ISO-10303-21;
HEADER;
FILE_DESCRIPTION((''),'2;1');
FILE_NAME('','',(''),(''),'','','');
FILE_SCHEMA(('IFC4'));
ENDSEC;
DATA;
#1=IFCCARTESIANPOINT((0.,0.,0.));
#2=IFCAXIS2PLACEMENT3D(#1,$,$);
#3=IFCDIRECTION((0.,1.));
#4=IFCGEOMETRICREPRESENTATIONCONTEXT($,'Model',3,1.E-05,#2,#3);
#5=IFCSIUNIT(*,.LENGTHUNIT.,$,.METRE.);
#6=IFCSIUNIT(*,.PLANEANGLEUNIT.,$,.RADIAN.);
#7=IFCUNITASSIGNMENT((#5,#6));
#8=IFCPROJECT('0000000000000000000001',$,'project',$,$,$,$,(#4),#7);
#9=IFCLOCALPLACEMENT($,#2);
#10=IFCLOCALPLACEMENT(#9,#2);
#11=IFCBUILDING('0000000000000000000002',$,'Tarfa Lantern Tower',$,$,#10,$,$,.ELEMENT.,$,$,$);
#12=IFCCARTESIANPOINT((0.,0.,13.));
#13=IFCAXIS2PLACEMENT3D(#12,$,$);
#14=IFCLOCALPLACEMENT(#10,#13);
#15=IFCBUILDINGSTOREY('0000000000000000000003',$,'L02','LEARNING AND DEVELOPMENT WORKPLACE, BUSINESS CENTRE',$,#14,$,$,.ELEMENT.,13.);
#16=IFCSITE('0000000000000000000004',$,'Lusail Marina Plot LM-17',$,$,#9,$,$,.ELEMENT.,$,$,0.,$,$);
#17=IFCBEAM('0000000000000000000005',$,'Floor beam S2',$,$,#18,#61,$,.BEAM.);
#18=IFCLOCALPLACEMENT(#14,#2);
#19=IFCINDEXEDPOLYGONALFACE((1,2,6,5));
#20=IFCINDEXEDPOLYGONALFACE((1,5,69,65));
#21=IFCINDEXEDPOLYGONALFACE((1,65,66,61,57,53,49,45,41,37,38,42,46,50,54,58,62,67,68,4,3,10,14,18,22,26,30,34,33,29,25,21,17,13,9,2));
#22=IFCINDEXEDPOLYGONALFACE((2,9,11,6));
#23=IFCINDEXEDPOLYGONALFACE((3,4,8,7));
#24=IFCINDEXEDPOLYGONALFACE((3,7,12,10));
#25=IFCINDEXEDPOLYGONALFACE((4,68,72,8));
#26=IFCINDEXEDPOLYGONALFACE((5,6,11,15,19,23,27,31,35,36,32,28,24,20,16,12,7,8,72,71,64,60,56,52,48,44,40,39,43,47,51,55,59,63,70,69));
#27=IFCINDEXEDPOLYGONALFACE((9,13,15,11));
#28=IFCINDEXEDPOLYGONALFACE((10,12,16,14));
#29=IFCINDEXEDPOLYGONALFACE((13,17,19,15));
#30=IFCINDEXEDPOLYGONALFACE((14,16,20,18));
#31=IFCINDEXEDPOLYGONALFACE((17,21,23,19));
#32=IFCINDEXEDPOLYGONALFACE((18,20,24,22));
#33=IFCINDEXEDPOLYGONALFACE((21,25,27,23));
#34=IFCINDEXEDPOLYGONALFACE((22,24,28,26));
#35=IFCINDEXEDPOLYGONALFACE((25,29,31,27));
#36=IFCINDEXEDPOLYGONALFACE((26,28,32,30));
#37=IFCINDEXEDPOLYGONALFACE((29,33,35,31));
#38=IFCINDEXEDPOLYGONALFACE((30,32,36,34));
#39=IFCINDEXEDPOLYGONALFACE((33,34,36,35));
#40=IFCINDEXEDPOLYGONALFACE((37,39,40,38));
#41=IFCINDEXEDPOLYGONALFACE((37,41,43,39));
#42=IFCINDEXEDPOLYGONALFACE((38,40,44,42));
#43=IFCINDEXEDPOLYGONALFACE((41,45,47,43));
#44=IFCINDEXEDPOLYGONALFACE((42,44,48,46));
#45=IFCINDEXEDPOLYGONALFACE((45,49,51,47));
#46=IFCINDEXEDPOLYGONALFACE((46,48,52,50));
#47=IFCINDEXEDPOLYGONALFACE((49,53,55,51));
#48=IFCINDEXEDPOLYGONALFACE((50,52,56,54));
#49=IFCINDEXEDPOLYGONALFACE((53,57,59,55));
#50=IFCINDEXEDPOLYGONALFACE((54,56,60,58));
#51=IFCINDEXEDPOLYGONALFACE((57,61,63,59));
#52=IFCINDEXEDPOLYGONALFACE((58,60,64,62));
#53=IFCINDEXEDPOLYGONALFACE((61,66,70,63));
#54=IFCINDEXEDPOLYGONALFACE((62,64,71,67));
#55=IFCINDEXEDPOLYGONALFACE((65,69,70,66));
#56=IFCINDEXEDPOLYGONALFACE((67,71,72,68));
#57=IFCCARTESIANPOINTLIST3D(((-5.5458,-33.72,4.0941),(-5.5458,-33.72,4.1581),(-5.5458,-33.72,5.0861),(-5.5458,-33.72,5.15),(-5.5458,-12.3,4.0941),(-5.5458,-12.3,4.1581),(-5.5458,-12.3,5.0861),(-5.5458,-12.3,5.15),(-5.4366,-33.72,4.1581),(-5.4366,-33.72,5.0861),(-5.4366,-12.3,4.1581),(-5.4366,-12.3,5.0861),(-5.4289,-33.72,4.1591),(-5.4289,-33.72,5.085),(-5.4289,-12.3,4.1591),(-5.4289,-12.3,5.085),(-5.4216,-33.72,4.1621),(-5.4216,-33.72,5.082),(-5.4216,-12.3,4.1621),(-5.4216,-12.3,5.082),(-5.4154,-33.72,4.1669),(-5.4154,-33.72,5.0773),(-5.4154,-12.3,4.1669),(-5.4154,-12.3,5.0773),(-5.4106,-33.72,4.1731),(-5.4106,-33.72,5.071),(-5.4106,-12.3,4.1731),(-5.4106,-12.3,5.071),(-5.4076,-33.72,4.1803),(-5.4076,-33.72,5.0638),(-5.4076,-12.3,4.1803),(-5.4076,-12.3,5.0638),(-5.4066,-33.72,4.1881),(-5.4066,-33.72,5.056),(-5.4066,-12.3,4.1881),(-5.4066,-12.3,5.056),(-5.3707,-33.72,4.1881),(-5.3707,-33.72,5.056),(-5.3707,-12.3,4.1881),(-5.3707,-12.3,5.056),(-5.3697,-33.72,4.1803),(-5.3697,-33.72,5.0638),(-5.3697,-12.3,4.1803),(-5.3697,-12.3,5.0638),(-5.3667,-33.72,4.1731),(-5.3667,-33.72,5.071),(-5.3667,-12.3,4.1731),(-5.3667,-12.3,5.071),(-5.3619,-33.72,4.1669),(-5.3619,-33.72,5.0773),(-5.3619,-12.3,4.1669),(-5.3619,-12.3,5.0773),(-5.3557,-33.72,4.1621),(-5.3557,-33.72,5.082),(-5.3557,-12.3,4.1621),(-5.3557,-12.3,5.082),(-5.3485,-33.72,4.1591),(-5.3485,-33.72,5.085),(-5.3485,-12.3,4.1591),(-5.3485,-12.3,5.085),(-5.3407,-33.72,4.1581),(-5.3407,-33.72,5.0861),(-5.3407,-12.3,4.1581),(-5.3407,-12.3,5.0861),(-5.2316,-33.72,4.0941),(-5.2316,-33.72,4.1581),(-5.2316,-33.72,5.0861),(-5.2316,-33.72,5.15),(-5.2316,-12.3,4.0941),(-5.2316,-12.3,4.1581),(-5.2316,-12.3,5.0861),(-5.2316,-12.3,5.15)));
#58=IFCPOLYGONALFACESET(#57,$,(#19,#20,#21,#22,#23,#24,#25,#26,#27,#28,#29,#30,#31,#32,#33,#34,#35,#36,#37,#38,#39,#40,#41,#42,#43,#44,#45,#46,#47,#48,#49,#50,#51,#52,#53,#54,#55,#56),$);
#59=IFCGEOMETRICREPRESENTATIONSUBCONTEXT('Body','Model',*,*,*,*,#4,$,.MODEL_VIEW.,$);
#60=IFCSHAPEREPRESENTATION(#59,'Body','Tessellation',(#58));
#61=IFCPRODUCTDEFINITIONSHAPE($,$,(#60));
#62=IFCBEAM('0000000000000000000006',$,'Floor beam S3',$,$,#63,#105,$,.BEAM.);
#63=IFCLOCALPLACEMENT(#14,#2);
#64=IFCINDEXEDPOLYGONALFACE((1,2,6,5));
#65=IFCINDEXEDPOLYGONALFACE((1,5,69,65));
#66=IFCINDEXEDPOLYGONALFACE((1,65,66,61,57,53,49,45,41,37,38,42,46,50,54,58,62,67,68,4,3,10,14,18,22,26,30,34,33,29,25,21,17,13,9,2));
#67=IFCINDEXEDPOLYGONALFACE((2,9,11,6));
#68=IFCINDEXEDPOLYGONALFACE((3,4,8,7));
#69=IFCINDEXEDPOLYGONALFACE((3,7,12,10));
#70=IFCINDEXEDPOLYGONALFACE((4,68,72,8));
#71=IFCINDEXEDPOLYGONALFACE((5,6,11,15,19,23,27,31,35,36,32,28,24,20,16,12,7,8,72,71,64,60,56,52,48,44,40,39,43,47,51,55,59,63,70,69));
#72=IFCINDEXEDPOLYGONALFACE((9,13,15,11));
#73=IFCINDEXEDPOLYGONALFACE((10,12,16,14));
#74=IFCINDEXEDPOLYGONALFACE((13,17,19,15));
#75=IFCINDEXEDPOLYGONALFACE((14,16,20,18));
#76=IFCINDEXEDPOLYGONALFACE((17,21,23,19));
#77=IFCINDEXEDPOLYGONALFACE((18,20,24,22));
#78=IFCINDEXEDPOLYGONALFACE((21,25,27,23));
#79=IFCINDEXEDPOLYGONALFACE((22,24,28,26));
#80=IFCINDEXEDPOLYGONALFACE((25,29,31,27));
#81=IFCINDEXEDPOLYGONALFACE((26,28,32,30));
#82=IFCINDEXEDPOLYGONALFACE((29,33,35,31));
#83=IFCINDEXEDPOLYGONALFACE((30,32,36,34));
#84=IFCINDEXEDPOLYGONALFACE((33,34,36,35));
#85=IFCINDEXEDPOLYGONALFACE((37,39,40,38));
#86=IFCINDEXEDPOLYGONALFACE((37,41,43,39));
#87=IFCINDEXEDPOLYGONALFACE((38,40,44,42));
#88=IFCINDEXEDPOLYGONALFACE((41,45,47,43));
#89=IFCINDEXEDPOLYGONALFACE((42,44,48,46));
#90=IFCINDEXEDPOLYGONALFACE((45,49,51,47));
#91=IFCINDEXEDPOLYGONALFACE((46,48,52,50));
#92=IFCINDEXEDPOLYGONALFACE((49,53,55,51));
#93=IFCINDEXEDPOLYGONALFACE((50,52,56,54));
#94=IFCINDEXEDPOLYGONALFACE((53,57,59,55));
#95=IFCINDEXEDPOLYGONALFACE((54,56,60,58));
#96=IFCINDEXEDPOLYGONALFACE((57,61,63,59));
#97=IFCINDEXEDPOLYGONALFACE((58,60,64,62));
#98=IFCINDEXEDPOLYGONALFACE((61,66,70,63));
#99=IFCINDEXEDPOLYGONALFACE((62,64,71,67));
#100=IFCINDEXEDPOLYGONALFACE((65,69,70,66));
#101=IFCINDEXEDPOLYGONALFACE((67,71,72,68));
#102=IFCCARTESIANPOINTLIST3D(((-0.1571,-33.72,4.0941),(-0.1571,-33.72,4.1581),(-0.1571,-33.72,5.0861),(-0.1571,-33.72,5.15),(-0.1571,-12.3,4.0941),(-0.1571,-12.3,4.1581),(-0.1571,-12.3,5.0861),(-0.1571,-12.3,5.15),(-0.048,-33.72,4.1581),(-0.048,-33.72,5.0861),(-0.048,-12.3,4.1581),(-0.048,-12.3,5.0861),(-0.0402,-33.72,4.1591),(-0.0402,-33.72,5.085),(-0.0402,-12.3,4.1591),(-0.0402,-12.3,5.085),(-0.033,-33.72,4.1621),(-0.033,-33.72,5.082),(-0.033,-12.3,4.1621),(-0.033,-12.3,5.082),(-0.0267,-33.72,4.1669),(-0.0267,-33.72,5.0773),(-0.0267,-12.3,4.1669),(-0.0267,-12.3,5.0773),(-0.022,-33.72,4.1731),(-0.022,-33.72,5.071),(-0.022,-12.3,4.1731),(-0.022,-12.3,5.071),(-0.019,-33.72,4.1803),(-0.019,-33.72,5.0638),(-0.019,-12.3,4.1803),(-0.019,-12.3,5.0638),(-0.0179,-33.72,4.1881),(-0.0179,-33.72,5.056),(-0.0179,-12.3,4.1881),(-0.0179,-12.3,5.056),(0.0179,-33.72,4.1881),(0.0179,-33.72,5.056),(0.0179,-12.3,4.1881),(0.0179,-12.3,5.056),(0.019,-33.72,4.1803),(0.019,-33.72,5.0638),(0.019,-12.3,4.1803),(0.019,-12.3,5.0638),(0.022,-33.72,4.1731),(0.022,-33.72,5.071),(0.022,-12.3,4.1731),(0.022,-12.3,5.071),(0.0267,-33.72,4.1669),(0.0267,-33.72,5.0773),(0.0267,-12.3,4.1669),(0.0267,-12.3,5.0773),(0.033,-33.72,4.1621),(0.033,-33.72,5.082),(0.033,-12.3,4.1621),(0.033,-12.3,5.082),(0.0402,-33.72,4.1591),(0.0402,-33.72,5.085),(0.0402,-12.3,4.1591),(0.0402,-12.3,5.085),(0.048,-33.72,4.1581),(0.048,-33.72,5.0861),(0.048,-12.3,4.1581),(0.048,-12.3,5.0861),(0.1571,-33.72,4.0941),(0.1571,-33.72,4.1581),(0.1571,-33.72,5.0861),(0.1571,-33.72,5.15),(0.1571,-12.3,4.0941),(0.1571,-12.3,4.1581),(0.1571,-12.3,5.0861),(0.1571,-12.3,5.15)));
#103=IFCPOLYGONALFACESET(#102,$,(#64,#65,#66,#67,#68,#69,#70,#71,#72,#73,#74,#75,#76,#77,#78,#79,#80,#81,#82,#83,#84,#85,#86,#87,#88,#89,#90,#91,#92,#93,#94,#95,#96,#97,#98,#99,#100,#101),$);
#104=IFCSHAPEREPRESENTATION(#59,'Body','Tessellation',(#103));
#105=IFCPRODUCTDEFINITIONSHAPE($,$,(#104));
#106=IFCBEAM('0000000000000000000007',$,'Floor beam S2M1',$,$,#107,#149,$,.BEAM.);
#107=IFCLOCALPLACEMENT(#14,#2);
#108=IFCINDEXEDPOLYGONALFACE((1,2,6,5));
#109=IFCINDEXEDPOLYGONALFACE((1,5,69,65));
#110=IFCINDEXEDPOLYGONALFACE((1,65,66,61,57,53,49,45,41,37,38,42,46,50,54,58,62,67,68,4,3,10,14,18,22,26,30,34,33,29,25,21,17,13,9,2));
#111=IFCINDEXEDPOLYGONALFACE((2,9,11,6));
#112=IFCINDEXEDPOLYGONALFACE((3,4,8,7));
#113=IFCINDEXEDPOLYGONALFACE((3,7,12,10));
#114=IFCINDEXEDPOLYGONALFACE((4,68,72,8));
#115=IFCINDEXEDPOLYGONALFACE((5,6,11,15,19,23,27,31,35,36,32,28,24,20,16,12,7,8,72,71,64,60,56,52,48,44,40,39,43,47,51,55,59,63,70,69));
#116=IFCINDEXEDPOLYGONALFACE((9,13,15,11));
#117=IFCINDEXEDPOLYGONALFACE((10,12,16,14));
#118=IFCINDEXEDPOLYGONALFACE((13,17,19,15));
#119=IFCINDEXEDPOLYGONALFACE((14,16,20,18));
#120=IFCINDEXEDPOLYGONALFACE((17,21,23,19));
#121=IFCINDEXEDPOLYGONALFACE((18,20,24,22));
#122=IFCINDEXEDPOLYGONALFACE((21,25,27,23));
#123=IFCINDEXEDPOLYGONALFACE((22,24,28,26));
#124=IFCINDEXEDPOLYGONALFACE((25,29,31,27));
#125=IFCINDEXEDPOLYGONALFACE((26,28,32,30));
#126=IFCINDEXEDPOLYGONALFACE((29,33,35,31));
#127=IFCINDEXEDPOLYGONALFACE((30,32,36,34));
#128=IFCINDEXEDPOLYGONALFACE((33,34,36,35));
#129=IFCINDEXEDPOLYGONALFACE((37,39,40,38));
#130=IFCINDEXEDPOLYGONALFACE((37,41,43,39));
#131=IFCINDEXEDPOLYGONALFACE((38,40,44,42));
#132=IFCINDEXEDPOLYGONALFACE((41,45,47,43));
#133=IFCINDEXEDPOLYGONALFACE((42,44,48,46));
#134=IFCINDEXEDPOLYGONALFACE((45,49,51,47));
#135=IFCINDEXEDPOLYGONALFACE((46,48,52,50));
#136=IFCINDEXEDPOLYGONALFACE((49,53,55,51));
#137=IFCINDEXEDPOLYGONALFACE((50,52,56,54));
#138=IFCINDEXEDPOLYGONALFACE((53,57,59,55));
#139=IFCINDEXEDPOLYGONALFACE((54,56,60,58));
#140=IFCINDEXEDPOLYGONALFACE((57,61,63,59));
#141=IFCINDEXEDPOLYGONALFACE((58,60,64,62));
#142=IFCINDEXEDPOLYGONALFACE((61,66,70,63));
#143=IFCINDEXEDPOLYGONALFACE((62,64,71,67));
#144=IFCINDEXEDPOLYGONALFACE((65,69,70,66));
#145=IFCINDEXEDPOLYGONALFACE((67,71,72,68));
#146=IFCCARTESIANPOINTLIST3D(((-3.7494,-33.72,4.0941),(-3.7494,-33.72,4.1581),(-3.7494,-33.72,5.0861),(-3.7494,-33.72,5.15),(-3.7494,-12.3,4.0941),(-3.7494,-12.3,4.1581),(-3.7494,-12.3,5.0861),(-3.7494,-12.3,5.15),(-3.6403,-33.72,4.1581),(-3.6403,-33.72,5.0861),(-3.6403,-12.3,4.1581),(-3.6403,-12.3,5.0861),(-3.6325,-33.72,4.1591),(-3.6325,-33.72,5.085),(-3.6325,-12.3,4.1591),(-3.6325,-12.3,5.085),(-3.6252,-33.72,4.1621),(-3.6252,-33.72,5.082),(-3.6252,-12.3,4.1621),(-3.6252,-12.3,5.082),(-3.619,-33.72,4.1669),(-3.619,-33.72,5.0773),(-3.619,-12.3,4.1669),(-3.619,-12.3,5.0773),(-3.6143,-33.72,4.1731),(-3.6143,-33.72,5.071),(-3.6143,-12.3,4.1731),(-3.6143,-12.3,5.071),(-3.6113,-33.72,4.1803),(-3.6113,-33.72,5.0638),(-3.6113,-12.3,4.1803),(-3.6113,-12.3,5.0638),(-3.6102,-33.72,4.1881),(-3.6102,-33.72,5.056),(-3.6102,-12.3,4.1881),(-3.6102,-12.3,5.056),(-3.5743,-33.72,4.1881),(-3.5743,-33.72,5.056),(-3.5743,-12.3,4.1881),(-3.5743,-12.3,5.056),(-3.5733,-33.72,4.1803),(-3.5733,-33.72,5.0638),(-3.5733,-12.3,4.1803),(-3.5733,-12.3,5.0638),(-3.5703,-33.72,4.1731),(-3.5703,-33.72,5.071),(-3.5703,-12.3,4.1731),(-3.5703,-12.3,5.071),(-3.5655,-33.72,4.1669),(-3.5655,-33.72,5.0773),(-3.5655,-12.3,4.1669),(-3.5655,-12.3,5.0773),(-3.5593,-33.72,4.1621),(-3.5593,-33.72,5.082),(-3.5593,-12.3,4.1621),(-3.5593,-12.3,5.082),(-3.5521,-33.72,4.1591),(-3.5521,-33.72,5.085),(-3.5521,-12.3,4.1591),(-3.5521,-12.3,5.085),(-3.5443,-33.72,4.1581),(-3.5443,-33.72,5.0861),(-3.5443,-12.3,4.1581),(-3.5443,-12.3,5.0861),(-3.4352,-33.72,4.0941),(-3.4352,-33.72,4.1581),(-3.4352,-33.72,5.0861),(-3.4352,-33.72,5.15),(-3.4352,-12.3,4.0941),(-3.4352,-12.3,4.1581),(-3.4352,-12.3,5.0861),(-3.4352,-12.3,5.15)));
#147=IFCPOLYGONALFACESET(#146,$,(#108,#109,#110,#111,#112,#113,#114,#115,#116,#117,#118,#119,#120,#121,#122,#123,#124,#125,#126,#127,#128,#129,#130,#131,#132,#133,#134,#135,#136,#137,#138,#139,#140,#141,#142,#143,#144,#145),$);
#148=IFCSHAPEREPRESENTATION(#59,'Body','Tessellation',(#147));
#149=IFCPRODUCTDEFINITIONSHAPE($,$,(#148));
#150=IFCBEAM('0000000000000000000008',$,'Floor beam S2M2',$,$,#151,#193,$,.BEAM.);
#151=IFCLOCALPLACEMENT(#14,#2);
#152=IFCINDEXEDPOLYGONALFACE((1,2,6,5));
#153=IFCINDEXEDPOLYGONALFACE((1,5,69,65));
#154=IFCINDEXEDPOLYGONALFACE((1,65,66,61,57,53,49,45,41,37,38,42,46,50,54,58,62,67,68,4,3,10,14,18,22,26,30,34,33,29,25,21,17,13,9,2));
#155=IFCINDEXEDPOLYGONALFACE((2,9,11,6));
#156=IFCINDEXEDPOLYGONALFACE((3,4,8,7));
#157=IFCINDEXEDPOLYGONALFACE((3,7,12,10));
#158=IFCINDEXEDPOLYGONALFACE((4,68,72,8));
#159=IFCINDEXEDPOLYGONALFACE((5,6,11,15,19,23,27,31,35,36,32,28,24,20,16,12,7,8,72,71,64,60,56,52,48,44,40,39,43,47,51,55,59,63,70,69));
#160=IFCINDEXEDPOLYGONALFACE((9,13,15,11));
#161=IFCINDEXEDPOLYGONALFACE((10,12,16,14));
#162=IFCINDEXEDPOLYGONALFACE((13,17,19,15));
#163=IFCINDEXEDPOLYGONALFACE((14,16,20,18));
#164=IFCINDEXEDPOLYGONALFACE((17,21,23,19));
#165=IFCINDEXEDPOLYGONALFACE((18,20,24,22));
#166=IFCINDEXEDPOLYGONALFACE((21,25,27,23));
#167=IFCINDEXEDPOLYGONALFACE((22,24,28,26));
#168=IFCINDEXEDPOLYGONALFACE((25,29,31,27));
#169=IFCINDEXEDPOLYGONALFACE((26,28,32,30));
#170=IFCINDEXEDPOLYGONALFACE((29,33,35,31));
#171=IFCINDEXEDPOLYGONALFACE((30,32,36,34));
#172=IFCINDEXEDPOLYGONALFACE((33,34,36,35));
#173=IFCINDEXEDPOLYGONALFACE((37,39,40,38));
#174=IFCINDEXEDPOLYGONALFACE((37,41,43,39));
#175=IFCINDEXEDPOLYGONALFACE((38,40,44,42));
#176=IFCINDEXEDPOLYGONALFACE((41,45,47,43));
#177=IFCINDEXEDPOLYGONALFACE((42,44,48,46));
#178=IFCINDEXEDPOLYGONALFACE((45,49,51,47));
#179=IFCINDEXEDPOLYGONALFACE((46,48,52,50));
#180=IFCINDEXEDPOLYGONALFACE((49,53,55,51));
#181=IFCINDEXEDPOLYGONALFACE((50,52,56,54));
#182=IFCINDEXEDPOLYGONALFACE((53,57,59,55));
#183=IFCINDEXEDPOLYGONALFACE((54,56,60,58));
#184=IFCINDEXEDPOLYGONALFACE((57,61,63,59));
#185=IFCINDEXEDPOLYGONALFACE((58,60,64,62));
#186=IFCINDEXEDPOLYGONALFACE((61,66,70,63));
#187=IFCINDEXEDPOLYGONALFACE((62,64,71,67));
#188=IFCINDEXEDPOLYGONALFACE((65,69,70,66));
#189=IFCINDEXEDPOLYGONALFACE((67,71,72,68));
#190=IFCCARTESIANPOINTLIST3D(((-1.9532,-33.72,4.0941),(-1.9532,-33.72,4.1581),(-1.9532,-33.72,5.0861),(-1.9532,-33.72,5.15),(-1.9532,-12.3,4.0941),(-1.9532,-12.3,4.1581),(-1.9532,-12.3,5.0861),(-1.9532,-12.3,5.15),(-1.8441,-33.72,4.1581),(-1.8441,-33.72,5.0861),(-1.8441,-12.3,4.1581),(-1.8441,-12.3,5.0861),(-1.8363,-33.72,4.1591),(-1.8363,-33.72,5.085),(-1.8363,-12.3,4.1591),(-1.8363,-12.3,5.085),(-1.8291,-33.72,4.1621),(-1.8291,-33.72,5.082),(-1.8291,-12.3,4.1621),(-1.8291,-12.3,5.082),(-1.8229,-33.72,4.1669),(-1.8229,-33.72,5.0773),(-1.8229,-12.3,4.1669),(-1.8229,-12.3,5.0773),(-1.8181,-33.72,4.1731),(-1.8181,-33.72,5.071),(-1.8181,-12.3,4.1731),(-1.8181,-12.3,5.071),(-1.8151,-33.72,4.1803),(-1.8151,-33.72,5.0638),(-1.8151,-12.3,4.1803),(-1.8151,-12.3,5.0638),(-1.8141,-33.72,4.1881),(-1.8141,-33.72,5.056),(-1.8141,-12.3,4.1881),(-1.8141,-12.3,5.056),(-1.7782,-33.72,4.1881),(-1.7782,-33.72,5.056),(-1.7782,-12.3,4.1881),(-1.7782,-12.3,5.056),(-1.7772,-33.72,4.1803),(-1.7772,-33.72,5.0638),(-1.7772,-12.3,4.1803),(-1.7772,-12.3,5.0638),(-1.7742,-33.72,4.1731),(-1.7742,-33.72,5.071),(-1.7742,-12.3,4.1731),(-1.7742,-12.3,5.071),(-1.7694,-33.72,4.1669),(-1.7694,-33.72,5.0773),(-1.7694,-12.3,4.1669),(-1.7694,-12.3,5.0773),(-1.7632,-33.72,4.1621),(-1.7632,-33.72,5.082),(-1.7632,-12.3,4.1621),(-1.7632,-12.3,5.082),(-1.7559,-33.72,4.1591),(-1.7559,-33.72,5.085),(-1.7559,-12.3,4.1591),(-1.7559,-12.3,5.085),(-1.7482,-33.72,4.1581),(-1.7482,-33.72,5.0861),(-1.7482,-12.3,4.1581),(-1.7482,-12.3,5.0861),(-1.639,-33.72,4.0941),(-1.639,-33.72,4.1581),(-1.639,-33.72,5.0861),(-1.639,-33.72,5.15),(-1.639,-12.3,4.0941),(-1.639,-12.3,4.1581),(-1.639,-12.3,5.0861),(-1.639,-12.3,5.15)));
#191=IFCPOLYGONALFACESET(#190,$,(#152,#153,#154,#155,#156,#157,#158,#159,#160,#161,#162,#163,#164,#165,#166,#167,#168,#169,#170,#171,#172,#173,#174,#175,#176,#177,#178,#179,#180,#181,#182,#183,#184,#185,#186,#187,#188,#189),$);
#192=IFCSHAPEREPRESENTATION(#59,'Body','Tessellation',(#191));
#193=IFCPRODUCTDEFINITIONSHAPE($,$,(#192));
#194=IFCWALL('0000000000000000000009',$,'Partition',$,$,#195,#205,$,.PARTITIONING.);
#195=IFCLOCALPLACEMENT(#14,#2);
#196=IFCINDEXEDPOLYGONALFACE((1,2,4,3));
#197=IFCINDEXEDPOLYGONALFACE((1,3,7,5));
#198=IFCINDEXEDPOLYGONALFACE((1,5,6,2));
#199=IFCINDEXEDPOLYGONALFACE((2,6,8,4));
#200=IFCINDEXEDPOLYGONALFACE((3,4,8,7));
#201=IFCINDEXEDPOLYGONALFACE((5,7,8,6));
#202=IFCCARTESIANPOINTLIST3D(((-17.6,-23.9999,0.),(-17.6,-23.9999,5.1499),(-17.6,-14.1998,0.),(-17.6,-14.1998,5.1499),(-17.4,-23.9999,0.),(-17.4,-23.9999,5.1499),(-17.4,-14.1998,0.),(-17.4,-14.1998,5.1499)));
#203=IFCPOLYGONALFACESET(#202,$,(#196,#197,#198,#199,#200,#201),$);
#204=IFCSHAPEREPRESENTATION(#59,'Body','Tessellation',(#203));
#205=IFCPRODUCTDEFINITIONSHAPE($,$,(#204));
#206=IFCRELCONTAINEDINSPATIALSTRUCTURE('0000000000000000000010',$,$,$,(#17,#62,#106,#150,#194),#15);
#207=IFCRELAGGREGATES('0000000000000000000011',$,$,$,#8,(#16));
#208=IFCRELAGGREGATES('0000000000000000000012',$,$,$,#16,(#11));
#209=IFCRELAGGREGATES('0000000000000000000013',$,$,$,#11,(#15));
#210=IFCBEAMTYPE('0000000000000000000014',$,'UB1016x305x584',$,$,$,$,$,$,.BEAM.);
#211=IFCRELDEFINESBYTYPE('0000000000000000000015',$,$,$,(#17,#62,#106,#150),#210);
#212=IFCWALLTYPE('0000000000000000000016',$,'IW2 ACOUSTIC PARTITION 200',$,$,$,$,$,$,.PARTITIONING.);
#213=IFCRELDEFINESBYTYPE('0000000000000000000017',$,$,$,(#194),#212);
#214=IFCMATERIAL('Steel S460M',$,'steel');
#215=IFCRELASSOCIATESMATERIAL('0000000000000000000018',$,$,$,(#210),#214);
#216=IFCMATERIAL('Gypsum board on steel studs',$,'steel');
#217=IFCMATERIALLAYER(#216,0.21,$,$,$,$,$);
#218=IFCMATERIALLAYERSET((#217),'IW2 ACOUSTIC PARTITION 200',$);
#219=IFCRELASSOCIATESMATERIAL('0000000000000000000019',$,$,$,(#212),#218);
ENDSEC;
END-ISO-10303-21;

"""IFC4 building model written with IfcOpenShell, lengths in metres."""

from ifc_helpers import new_model, si_unit, direction, frame, frame_2d, origin, origin_2d, place, context, subcontext, project, spatial, rectangle, i_section, extrude, material, layer, layer_set, material_profile, profile_set, type_object, element, save


model = new_model("IFC4")

# Units and contexts
model_context = context("Model", 3, precision=1e-05, world=origin(), true_north=direction((0.0, 1.0)))
body_context = subcontext(model_context, "Body", "Model", "MODEL_VIEW")
ifc_project = project(units=[si_unit("LENGTHUNIT", "METRE"), si_unit("PLANEANGLEUNIT", "RADIAN")], contexts=[model_context])

# Site, building, storey
site_placement = place(None, origin())
site = spatial("IfcSite", under=ifc_project, at=site_placement, Name="Lusail Marina Plot LM-17", CompositionType="ELEMENT", RefElevation=0.0)
building_placement = place(site_placement, origin())
building = spatial("IfcBuilding", under=site, at=building_placement, Name="Tarfa Lantern Tower", CompositionType="ELEMENT")
storey_placement = place(building_placement, frame((0.0, 0.0, 13.0)))
storey = spatial("IfcBuildingStorey", under=building, at=storey_placement, Name="L02", Description="LEARNING AND DEVELOPMENT WORKPLACE, BUSINESS CENTRE", CompositionType="ELEMENT", Elevation=13.0)

# Beams
ifc_material_1 = material(Name="Steel S460M", Category="steel")
ifc_material_profile_1 = material_profile(ifc_material_1, i_section(OverallWidth=0.3142, OverallDepth=1.0559, WebThickness=0.0359, FlangeThickness=0.064, FilletRadius=0.03, at=origin_2d()), Name="UB1016x305x584")
ifc_profile_set_1 = profile_set([ifc_material_profile_1], Name="Steel S460M")
beam_type_1 = type_object("IfcBeamType", Name="UB1016x305x584", PredefinedType="BEAM", material=ifc_profile_set_1)
for number, where, z_axis, x_axis, name in (
    (1, (-5.3887, -33.72, 4.6221), (0.0, 1.0, 0.0), (-1.0, 0.0, 0.0), "Floor beam S2"),
    (2, (0.0, -33.72, 4.6221), (0.0, 1.0, 0.0), (-1.0, 0.0, 0.0), "Floor beam S3"),
    (3, (-3.5923, -33.72, 4.6221), (0.0, 1.0, 0.0), (-1.0, 0.0, 0.0), "Floor beam S2M1"),
    (4, (-1.7961, -33.72, 4.6221), (0.0, 1.0, 0.0), (-1.0, 0.0, 0.0), "Floor beam S2M2"),
):
    element("IfcBeam", number, at=place(storey_placement, frame(where, z_axis=z_axis, x_axis=x_axis)), inside=storey, type_object=beam_type_1, Name=name, PredefinedType="BEAM", context=body_context, shape_type="SweptSolid", body=[
        extrude(i_section(OverallWidth=0.3142, OverallDepth=1.0559, WebThickness=0.0359, FlangeThickness=0.064, FilletRadius=0.03, at=origin_2d()), origin(), (0.0, 0.0, 1.0), 21.4199),
    ])

# Wall
ifc_material_2 = material(Name="Gypsum board on steel studs", Category="steel")
ifc_layer = layer(ifc_material_2, 0.21)
ifc_layer_set = layer_set([ifc_layer], Name="IW2 ACOUSTIC PARTITION 200")
wall_type = type_object("IfcWallType", Name="IW2 ACOUSTIC PARTITION 200", PredefinedType="PARTITIONING", material=ifc_layer_set)
wall_1_placement = place(storey_placement, frame((-17.5, -14.2, 0.0), z_axis=(0.0, 0.0, 1.0), x_axis=(0.0, -1.0, 0.0)))
element("IfcWall", 5, at=wall_1_placement, inside=storey, type_object=wall_type, Name="Partition", PredefinedType="PARTITIONING", context=body_context, shape_type="SweptSolid", body=[
    extrude(rectangle(XDim=9.8, YDim=0.2, at=frame_2d((4.8999, 0.0))), origin(), (0.0, 0.0, 1.0), 5.1499),
])

save(model, "model.ifc")
